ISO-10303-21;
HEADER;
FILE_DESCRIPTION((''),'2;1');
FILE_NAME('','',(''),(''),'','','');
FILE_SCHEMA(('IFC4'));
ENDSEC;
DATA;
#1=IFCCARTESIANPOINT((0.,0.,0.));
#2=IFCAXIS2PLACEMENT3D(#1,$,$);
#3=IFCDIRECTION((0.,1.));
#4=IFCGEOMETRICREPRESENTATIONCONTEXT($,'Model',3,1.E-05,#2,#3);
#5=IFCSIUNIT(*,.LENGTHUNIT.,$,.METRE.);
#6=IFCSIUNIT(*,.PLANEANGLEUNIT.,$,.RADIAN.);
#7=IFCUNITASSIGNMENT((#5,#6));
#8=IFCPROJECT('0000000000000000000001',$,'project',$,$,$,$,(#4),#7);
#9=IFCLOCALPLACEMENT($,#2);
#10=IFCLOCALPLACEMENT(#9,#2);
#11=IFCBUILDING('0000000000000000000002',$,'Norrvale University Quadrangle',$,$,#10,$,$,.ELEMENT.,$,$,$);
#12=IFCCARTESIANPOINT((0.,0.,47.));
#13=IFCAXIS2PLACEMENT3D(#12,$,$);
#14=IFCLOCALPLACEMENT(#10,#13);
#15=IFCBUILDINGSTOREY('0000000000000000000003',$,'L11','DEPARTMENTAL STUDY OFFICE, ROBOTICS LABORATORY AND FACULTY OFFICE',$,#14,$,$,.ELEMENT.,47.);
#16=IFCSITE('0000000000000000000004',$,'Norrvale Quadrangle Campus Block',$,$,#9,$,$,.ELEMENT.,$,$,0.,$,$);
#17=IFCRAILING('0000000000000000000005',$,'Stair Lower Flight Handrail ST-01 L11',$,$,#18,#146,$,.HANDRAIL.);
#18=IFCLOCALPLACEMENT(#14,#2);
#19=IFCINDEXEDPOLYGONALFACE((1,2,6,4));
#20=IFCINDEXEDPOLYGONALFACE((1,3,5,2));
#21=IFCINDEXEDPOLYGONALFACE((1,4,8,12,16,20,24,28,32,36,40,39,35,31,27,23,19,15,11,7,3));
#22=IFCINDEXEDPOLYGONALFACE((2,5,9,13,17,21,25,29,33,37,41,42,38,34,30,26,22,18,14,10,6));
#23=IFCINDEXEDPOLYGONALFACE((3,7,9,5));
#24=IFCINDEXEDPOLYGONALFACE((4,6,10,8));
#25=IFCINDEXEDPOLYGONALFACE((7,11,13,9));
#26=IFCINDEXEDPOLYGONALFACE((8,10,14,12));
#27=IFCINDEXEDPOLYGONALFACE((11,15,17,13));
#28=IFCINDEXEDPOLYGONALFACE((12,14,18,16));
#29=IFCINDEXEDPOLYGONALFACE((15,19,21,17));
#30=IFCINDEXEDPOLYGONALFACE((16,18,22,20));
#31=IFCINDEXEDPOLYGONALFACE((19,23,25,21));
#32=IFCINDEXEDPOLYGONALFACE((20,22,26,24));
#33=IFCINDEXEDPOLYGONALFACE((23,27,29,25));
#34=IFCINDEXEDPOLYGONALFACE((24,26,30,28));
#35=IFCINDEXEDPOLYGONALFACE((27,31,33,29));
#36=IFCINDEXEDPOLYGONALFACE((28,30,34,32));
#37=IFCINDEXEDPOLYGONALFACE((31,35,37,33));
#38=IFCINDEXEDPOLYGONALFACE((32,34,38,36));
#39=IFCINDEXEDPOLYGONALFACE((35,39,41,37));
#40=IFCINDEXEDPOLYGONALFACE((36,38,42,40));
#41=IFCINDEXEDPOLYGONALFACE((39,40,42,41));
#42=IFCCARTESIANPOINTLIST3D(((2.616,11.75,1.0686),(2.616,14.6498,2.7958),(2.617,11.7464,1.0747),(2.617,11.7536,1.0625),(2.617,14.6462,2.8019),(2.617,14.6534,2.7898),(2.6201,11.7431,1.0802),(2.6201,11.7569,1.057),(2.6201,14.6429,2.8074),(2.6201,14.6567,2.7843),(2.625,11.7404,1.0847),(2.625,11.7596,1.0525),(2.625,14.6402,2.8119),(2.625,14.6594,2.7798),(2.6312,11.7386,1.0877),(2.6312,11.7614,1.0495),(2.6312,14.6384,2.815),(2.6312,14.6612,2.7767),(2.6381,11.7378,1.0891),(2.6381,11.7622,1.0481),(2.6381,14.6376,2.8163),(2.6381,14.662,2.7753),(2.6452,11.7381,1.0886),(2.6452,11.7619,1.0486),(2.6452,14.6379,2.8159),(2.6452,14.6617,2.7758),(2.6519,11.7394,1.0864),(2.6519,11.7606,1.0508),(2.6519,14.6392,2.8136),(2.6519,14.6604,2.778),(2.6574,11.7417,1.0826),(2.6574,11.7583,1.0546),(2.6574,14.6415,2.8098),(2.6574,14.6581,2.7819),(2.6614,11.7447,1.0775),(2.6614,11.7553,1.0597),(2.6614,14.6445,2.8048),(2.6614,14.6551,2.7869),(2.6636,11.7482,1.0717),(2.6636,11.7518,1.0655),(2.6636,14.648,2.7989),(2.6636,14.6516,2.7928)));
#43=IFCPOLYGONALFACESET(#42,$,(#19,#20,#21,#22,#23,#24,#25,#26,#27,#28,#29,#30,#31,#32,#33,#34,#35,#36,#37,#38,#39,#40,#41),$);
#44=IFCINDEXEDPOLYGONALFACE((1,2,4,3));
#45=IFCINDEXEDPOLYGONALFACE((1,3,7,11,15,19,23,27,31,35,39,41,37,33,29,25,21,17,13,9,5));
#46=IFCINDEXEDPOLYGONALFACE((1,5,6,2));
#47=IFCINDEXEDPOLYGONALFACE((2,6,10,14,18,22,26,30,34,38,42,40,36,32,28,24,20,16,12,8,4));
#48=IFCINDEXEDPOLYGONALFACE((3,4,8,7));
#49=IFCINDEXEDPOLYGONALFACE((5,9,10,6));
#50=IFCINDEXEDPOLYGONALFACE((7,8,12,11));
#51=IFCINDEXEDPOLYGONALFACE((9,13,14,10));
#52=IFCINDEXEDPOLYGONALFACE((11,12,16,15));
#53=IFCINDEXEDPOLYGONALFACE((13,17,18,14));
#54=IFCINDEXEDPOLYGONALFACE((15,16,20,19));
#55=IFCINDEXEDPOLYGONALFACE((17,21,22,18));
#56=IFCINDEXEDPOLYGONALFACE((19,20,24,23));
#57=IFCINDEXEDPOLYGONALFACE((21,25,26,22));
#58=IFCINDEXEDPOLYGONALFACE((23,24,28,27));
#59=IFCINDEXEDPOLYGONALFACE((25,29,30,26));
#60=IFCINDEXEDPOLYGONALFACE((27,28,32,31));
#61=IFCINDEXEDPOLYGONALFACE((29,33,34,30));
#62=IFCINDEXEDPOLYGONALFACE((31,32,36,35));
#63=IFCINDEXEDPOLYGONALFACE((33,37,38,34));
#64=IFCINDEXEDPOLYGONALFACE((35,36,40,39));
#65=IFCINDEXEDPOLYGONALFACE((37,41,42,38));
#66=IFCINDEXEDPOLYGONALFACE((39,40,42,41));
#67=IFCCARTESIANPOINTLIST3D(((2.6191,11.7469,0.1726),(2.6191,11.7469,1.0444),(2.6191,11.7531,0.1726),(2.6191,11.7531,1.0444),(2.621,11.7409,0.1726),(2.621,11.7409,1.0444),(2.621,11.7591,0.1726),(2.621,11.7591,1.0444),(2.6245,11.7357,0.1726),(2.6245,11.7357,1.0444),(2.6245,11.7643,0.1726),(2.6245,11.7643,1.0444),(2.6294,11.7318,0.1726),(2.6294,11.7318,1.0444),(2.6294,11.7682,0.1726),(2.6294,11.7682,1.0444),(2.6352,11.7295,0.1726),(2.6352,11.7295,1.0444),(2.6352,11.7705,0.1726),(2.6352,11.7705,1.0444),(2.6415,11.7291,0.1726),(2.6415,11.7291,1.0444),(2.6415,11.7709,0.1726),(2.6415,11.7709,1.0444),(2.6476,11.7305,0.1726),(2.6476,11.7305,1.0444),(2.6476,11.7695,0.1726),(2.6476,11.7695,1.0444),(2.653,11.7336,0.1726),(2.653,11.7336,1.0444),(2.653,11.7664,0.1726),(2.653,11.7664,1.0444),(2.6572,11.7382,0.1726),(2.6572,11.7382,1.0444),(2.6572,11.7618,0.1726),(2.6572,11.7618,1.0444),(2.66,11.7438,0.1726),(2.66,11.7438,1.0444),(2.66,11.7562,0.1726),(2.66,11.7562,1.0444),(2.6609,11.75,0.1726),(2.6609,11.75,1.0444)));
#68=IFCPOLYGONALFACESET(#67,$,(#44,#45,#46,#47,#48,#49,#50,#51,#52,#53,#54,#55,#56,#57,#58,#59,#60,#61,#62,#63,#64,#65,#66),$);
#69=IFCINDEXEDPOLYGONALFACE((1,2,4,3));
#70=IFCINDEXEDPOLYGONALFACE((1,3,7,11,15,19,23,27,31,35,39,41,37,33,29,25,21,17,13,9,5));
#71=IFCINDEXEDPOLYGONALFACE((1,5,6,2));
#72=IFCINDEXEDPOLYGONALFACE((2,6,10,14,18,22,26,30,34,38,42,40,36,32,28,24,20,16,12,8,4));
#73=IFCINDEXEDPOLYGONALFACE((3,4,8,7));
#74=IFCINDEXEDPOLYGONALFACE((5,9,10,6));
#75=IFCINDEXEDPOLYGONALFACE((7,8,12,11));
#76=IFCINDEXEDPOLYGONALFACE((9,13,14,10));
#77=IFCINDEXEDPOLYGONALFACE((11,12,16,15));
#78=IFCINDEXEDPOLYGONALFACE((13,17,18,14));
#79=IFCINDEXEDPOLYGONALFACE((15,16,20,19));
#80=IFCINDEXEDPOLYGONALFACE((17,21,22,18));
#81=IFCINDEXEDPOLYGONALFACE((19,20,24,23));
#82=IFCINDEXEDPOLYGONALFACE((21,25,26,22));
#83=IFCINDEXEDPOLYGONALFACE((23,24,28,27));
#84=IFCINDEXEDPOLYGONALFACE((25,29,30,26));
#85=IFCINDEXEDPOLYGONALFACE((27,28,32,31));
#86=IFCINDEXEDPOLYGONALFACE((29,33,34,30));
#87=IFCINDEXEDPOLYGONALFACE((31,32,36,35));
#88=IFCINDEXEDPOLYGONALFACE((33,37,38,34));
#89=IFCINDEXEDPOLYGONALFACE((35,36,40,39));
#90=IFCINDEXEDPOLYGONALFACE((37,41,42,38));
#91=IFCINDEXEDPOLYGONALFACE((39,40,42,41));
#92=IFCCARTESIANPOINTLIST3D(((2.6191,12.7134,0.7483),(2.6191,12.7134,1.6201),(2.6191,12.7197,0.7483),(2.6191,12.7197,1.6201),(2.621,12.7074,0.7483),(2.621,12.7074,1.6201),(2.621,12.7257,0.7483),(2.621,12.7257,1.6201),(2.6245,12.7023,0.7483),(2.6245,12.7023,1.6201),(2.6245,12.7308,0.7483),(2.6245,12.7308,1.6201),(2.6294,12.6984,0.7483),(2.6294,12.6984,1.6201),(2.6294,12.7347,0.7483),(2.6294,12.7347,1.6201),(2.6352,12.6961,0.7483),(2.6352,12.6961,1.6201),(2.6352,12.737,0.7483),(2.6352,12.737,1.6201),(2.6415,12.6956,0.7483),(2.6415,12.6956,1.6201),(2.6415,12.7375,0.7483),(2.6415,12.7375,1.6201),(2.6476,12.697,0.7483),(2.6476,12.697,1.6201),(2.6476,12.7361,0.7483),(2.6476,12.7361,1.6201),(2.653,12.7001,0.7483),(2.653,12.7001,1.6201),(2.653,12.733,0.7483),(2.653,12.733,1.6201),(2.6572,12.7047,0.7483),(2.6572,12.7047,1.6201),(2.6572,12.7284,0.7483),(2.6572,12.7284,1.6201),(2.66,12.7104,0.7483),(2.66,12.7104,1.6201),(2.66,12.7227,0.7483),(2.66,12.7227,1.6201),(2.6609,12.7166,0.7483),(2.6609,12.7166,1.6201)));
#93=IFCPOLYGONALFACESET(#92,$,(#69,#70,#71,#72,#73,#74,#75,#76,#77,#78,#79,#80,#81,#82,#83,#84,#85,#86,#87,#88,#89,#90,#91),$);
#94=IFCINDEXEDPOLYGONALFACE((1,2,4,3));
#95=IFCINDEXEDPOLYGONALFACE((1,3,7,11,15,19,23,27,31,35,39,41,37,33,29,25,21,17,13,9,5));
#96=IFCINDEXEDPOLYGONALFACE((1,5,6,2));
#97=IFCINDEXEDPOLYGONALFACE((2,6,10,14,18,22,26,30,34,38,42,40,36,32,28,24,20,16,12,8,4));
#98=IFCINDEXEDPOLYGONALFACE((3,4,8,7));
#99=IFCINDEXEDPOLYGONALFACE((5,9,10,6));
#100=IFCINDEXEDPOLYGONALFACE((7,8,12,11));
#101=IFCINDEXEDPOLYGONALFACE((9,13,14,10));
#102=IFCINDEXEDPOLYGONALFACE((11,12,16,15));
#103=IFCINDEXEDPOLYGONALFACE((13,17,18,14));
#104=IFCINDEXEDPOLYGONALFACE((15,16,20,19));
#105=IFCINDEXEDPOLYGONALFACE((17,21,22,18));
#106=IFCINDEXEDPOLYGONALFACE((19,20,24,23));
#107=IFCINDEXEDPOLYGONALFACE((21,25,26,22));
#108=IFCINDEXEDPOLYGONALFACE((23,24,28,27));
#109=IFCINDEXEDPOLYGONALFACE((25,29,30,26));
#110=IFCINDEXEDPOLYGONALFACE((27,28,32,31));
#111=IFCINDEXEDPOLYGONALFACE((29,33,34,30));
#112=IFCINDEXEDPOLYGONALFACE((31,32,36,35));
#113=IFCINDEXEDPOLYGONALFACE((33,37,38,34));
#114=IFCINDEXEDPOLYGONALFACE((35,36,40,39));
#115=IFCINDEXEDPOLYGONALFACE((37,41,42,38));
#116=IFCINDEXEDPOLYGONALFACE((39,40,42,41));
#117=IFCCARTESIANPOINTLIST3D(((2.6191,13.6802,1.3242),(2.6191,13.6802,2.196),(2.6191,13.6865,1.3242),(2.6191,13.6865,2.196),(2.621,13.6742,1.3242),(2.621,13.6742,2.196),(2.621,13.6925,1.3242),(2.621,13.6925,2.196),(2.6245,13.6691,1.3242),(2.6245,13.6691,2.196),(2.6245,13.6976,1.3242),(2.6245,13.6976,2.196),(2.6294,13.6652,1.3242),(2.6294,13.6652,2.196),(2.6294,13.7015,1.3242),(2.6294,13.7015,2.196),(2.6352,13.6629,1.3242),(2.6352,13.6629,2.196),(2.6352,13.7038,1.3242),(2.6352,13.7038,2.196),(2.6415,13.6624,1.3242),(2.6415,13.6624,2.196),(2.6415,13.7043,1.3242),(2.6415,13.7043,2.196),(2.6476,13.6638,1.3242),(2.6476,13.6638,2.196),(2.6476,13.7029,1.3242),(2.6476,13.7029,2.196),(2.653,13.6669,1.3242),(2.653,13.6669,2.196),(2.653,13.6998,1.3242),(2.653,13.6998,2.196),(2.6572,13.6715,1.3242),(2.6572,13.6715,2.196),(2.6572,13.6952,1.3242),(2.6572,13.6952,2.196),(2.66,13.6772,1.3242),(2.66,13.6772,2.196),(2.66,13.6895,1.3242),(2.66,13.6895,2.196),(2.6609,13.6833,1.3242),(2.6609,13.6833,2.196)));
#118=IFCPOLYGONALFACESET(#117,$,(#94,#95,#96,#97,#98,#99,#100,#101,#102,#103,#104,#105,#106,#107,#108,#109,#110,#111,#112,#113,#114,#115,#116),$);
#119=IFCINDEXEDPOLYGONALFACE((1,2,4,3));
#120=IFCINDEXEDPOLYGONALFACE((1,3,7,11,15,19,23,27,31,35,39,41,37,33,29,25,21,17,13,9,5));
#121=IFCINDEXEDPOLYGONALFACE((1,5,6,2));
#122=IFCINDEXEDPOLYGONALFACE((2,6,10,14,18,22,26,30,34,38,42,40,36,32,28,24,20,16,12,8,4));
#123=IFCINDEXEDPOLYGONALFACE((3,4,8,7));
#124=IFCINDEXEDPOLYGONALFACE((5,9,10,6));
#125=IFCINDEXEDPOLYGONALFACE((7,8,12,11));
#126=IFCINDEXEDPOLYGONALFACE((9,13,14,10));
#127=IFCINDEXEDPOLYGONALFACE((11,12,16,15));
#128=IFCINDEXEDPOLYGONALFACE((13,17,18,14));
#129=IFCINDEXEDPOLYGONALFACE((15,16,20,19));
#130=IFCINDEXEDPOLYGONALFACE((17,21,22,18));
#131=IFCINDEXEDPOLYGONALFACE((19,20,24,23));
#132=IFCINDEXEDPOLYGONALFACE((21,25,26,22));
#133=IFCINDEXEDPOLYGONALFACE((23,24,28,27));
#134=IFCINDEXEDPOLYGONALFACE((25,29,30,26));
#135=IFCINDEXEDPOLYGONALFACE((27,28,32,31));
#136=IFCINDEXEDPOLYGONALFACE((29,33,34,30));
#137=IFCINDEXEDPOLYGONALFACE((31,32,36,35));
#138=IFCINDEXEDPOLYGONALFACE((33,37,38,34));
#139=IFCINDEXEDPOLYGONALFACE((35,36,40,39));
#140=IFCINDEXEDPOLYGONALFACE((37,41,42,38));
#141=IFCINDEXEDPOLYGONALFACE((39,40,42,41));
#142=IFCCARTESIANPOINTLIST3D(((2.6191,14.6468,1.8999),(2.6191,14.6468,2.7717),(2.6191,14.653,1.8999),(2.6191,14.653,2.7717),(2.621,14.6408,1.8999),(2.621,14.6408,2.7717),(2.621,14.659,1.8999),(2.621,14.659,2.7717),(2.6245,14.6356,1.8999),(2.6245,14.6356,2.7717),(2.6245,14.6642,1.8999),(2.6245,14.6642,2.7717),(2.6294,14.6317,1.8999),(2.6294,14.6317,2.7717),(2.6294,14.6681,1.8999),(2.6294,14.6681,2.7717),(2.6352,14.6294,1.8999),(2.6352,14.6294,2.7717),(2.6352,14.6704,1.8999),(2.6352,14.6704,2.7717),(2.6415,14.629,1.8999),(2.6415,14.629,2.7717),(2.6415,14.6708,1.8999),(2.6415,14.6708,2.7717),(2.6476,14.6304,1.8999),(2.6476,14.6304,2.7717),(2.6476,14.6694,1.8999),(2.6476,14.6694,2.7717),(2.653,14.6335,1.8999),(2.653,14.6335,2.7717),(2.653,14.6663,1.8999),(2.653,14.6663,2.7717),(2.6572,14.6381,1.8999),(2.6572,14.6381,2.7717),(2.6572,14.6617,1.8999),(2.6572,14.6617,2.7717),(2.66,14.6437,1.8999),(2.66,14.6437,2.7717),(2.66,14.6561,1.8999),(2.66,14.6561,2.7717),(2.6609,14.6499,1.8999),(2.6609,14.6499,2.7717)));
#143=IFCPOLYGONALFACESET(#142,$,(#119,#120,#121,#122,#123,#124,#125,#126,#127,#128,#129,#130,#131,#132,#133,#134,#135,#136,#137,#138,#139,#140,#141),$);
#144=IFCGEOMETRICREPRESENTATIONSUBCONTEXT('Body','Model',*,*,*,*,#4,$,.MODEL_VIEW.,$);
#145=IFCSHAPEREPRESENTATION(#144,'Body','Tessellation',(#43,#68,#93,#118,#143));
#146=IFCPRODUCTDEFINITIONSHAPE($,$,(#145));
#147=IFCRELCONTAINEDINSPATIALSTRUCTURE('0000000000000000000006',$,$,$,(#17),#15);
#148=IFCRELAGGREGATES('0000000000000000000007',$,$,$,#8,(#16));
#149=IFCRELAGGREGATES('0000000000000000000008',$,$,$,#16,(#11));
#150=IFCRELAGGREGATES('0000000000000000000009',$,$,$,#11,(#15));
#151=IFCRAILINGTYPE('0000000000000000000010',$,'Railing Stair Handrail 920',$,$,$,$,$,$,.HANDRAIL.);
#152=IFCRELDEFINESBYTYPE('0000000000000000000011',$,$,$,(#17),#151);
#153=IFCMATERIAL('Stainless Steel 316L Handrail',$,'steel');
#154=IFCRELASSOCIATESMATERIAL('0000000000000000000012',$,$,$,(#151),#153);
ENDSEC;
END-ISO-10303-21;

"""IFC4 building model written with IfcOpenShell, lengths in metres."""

from ifc_helpers import new_model, si_unit, direction, frame, origin, origin_2d, place, context, subcontext, project, spatial, circle, extrude, material, type_object, element, save


model = new_model("IFC4")

# Units and contexts
model_context = context("Model", 3, precision=1e-05, world=origin(), true_north=direction((0.0, 1.0)))
body_context = subcontext(model_context, "Body", "Model", "MODEL_VIEW")
ifc_project = project(units=[si_unit("LENGTHUNIT", "METRE"), si_unit("PLANEANGLEUNIT", "RADIAN")], contexts=[model_context])

# Site, building, storey
site_placement = place(None, origin())
site = spatial("IfcSite", under=ifc_project, at=site_placement, Name="Norrvale Quadrangle Campus Block", CompositionType="ELEMENT", RefElevation=0.0)
building_placement = place(site_placement, origin())
building = spatial("IfcBuilding", under=site, at=building_placement, Name="Norrvale University Quadrangle", CompositionType="ELEMENT")
storey_placement = place(building_placement, frame((0.0, 0.0, 47.0)))
storey = spatial("IfcBuildingStorey", under=building, at=storey_placement, Name="L11", Description="DEPARTMENTAL STUDY OFFICE, ROBOTICS LABORATORY AND FACULTY OFFICE", CompositionType="ELEMENT", Elevation=47.0)

# Railing
ifc_material_1 = material(Name="Stainless Steel 316L Handrail", Category="steel")
railing_type_1 = type_object("IfcRailingType", Name="Railing Stair Handrail 920", PredefinedType="HANDRAIL", material=ifc_material_1)
railing_placement = place(storey_placement, frame((2.6399, 11.75, 0.1726)))
element("IfcRailing", 1, at=railing_placement, inside=storey, type_object=railing_type_1, Name="Stair Lower Flight Handrail ST-01 L11", PredefinedType="HANDRAIL", context=body_context, shape_type="SweptSolid", body=[
    extrude(circle(Radius=0.0239, at=origin_2d()), frame((0.0, 0.0, 0.896), z_axis=(0.0, 0.859141, 0.511738), x_axis=(-1.0, 0.0, 0.0)), (0.0, 0.0, 1.0), 3.3752),
    extrude(circle(Radius=0.021, at=origin_2d()), origin(), (0.0, 0.0, 1.0), 0.8718),
    extrude(circle(Radius=0.021, at=origin_2d()), frame((0.0, 0.9666, 0.5757)), (0.0, 0.0, 1.0), 0.8718),
    extrude(circle(Radius=0.021, at=origin_2d()), frame((0.0, 1.9333, 1.1516)), (0.0, 0.0, 1.0), 0.8718),
    extrude(circle(Radius=0.021, at=origin_2d()), frame((0.0, 2.8999, 1.7273)), (0.0, 0.0, 1.0), 0.8718),
])

save(model, "model.ifc")
